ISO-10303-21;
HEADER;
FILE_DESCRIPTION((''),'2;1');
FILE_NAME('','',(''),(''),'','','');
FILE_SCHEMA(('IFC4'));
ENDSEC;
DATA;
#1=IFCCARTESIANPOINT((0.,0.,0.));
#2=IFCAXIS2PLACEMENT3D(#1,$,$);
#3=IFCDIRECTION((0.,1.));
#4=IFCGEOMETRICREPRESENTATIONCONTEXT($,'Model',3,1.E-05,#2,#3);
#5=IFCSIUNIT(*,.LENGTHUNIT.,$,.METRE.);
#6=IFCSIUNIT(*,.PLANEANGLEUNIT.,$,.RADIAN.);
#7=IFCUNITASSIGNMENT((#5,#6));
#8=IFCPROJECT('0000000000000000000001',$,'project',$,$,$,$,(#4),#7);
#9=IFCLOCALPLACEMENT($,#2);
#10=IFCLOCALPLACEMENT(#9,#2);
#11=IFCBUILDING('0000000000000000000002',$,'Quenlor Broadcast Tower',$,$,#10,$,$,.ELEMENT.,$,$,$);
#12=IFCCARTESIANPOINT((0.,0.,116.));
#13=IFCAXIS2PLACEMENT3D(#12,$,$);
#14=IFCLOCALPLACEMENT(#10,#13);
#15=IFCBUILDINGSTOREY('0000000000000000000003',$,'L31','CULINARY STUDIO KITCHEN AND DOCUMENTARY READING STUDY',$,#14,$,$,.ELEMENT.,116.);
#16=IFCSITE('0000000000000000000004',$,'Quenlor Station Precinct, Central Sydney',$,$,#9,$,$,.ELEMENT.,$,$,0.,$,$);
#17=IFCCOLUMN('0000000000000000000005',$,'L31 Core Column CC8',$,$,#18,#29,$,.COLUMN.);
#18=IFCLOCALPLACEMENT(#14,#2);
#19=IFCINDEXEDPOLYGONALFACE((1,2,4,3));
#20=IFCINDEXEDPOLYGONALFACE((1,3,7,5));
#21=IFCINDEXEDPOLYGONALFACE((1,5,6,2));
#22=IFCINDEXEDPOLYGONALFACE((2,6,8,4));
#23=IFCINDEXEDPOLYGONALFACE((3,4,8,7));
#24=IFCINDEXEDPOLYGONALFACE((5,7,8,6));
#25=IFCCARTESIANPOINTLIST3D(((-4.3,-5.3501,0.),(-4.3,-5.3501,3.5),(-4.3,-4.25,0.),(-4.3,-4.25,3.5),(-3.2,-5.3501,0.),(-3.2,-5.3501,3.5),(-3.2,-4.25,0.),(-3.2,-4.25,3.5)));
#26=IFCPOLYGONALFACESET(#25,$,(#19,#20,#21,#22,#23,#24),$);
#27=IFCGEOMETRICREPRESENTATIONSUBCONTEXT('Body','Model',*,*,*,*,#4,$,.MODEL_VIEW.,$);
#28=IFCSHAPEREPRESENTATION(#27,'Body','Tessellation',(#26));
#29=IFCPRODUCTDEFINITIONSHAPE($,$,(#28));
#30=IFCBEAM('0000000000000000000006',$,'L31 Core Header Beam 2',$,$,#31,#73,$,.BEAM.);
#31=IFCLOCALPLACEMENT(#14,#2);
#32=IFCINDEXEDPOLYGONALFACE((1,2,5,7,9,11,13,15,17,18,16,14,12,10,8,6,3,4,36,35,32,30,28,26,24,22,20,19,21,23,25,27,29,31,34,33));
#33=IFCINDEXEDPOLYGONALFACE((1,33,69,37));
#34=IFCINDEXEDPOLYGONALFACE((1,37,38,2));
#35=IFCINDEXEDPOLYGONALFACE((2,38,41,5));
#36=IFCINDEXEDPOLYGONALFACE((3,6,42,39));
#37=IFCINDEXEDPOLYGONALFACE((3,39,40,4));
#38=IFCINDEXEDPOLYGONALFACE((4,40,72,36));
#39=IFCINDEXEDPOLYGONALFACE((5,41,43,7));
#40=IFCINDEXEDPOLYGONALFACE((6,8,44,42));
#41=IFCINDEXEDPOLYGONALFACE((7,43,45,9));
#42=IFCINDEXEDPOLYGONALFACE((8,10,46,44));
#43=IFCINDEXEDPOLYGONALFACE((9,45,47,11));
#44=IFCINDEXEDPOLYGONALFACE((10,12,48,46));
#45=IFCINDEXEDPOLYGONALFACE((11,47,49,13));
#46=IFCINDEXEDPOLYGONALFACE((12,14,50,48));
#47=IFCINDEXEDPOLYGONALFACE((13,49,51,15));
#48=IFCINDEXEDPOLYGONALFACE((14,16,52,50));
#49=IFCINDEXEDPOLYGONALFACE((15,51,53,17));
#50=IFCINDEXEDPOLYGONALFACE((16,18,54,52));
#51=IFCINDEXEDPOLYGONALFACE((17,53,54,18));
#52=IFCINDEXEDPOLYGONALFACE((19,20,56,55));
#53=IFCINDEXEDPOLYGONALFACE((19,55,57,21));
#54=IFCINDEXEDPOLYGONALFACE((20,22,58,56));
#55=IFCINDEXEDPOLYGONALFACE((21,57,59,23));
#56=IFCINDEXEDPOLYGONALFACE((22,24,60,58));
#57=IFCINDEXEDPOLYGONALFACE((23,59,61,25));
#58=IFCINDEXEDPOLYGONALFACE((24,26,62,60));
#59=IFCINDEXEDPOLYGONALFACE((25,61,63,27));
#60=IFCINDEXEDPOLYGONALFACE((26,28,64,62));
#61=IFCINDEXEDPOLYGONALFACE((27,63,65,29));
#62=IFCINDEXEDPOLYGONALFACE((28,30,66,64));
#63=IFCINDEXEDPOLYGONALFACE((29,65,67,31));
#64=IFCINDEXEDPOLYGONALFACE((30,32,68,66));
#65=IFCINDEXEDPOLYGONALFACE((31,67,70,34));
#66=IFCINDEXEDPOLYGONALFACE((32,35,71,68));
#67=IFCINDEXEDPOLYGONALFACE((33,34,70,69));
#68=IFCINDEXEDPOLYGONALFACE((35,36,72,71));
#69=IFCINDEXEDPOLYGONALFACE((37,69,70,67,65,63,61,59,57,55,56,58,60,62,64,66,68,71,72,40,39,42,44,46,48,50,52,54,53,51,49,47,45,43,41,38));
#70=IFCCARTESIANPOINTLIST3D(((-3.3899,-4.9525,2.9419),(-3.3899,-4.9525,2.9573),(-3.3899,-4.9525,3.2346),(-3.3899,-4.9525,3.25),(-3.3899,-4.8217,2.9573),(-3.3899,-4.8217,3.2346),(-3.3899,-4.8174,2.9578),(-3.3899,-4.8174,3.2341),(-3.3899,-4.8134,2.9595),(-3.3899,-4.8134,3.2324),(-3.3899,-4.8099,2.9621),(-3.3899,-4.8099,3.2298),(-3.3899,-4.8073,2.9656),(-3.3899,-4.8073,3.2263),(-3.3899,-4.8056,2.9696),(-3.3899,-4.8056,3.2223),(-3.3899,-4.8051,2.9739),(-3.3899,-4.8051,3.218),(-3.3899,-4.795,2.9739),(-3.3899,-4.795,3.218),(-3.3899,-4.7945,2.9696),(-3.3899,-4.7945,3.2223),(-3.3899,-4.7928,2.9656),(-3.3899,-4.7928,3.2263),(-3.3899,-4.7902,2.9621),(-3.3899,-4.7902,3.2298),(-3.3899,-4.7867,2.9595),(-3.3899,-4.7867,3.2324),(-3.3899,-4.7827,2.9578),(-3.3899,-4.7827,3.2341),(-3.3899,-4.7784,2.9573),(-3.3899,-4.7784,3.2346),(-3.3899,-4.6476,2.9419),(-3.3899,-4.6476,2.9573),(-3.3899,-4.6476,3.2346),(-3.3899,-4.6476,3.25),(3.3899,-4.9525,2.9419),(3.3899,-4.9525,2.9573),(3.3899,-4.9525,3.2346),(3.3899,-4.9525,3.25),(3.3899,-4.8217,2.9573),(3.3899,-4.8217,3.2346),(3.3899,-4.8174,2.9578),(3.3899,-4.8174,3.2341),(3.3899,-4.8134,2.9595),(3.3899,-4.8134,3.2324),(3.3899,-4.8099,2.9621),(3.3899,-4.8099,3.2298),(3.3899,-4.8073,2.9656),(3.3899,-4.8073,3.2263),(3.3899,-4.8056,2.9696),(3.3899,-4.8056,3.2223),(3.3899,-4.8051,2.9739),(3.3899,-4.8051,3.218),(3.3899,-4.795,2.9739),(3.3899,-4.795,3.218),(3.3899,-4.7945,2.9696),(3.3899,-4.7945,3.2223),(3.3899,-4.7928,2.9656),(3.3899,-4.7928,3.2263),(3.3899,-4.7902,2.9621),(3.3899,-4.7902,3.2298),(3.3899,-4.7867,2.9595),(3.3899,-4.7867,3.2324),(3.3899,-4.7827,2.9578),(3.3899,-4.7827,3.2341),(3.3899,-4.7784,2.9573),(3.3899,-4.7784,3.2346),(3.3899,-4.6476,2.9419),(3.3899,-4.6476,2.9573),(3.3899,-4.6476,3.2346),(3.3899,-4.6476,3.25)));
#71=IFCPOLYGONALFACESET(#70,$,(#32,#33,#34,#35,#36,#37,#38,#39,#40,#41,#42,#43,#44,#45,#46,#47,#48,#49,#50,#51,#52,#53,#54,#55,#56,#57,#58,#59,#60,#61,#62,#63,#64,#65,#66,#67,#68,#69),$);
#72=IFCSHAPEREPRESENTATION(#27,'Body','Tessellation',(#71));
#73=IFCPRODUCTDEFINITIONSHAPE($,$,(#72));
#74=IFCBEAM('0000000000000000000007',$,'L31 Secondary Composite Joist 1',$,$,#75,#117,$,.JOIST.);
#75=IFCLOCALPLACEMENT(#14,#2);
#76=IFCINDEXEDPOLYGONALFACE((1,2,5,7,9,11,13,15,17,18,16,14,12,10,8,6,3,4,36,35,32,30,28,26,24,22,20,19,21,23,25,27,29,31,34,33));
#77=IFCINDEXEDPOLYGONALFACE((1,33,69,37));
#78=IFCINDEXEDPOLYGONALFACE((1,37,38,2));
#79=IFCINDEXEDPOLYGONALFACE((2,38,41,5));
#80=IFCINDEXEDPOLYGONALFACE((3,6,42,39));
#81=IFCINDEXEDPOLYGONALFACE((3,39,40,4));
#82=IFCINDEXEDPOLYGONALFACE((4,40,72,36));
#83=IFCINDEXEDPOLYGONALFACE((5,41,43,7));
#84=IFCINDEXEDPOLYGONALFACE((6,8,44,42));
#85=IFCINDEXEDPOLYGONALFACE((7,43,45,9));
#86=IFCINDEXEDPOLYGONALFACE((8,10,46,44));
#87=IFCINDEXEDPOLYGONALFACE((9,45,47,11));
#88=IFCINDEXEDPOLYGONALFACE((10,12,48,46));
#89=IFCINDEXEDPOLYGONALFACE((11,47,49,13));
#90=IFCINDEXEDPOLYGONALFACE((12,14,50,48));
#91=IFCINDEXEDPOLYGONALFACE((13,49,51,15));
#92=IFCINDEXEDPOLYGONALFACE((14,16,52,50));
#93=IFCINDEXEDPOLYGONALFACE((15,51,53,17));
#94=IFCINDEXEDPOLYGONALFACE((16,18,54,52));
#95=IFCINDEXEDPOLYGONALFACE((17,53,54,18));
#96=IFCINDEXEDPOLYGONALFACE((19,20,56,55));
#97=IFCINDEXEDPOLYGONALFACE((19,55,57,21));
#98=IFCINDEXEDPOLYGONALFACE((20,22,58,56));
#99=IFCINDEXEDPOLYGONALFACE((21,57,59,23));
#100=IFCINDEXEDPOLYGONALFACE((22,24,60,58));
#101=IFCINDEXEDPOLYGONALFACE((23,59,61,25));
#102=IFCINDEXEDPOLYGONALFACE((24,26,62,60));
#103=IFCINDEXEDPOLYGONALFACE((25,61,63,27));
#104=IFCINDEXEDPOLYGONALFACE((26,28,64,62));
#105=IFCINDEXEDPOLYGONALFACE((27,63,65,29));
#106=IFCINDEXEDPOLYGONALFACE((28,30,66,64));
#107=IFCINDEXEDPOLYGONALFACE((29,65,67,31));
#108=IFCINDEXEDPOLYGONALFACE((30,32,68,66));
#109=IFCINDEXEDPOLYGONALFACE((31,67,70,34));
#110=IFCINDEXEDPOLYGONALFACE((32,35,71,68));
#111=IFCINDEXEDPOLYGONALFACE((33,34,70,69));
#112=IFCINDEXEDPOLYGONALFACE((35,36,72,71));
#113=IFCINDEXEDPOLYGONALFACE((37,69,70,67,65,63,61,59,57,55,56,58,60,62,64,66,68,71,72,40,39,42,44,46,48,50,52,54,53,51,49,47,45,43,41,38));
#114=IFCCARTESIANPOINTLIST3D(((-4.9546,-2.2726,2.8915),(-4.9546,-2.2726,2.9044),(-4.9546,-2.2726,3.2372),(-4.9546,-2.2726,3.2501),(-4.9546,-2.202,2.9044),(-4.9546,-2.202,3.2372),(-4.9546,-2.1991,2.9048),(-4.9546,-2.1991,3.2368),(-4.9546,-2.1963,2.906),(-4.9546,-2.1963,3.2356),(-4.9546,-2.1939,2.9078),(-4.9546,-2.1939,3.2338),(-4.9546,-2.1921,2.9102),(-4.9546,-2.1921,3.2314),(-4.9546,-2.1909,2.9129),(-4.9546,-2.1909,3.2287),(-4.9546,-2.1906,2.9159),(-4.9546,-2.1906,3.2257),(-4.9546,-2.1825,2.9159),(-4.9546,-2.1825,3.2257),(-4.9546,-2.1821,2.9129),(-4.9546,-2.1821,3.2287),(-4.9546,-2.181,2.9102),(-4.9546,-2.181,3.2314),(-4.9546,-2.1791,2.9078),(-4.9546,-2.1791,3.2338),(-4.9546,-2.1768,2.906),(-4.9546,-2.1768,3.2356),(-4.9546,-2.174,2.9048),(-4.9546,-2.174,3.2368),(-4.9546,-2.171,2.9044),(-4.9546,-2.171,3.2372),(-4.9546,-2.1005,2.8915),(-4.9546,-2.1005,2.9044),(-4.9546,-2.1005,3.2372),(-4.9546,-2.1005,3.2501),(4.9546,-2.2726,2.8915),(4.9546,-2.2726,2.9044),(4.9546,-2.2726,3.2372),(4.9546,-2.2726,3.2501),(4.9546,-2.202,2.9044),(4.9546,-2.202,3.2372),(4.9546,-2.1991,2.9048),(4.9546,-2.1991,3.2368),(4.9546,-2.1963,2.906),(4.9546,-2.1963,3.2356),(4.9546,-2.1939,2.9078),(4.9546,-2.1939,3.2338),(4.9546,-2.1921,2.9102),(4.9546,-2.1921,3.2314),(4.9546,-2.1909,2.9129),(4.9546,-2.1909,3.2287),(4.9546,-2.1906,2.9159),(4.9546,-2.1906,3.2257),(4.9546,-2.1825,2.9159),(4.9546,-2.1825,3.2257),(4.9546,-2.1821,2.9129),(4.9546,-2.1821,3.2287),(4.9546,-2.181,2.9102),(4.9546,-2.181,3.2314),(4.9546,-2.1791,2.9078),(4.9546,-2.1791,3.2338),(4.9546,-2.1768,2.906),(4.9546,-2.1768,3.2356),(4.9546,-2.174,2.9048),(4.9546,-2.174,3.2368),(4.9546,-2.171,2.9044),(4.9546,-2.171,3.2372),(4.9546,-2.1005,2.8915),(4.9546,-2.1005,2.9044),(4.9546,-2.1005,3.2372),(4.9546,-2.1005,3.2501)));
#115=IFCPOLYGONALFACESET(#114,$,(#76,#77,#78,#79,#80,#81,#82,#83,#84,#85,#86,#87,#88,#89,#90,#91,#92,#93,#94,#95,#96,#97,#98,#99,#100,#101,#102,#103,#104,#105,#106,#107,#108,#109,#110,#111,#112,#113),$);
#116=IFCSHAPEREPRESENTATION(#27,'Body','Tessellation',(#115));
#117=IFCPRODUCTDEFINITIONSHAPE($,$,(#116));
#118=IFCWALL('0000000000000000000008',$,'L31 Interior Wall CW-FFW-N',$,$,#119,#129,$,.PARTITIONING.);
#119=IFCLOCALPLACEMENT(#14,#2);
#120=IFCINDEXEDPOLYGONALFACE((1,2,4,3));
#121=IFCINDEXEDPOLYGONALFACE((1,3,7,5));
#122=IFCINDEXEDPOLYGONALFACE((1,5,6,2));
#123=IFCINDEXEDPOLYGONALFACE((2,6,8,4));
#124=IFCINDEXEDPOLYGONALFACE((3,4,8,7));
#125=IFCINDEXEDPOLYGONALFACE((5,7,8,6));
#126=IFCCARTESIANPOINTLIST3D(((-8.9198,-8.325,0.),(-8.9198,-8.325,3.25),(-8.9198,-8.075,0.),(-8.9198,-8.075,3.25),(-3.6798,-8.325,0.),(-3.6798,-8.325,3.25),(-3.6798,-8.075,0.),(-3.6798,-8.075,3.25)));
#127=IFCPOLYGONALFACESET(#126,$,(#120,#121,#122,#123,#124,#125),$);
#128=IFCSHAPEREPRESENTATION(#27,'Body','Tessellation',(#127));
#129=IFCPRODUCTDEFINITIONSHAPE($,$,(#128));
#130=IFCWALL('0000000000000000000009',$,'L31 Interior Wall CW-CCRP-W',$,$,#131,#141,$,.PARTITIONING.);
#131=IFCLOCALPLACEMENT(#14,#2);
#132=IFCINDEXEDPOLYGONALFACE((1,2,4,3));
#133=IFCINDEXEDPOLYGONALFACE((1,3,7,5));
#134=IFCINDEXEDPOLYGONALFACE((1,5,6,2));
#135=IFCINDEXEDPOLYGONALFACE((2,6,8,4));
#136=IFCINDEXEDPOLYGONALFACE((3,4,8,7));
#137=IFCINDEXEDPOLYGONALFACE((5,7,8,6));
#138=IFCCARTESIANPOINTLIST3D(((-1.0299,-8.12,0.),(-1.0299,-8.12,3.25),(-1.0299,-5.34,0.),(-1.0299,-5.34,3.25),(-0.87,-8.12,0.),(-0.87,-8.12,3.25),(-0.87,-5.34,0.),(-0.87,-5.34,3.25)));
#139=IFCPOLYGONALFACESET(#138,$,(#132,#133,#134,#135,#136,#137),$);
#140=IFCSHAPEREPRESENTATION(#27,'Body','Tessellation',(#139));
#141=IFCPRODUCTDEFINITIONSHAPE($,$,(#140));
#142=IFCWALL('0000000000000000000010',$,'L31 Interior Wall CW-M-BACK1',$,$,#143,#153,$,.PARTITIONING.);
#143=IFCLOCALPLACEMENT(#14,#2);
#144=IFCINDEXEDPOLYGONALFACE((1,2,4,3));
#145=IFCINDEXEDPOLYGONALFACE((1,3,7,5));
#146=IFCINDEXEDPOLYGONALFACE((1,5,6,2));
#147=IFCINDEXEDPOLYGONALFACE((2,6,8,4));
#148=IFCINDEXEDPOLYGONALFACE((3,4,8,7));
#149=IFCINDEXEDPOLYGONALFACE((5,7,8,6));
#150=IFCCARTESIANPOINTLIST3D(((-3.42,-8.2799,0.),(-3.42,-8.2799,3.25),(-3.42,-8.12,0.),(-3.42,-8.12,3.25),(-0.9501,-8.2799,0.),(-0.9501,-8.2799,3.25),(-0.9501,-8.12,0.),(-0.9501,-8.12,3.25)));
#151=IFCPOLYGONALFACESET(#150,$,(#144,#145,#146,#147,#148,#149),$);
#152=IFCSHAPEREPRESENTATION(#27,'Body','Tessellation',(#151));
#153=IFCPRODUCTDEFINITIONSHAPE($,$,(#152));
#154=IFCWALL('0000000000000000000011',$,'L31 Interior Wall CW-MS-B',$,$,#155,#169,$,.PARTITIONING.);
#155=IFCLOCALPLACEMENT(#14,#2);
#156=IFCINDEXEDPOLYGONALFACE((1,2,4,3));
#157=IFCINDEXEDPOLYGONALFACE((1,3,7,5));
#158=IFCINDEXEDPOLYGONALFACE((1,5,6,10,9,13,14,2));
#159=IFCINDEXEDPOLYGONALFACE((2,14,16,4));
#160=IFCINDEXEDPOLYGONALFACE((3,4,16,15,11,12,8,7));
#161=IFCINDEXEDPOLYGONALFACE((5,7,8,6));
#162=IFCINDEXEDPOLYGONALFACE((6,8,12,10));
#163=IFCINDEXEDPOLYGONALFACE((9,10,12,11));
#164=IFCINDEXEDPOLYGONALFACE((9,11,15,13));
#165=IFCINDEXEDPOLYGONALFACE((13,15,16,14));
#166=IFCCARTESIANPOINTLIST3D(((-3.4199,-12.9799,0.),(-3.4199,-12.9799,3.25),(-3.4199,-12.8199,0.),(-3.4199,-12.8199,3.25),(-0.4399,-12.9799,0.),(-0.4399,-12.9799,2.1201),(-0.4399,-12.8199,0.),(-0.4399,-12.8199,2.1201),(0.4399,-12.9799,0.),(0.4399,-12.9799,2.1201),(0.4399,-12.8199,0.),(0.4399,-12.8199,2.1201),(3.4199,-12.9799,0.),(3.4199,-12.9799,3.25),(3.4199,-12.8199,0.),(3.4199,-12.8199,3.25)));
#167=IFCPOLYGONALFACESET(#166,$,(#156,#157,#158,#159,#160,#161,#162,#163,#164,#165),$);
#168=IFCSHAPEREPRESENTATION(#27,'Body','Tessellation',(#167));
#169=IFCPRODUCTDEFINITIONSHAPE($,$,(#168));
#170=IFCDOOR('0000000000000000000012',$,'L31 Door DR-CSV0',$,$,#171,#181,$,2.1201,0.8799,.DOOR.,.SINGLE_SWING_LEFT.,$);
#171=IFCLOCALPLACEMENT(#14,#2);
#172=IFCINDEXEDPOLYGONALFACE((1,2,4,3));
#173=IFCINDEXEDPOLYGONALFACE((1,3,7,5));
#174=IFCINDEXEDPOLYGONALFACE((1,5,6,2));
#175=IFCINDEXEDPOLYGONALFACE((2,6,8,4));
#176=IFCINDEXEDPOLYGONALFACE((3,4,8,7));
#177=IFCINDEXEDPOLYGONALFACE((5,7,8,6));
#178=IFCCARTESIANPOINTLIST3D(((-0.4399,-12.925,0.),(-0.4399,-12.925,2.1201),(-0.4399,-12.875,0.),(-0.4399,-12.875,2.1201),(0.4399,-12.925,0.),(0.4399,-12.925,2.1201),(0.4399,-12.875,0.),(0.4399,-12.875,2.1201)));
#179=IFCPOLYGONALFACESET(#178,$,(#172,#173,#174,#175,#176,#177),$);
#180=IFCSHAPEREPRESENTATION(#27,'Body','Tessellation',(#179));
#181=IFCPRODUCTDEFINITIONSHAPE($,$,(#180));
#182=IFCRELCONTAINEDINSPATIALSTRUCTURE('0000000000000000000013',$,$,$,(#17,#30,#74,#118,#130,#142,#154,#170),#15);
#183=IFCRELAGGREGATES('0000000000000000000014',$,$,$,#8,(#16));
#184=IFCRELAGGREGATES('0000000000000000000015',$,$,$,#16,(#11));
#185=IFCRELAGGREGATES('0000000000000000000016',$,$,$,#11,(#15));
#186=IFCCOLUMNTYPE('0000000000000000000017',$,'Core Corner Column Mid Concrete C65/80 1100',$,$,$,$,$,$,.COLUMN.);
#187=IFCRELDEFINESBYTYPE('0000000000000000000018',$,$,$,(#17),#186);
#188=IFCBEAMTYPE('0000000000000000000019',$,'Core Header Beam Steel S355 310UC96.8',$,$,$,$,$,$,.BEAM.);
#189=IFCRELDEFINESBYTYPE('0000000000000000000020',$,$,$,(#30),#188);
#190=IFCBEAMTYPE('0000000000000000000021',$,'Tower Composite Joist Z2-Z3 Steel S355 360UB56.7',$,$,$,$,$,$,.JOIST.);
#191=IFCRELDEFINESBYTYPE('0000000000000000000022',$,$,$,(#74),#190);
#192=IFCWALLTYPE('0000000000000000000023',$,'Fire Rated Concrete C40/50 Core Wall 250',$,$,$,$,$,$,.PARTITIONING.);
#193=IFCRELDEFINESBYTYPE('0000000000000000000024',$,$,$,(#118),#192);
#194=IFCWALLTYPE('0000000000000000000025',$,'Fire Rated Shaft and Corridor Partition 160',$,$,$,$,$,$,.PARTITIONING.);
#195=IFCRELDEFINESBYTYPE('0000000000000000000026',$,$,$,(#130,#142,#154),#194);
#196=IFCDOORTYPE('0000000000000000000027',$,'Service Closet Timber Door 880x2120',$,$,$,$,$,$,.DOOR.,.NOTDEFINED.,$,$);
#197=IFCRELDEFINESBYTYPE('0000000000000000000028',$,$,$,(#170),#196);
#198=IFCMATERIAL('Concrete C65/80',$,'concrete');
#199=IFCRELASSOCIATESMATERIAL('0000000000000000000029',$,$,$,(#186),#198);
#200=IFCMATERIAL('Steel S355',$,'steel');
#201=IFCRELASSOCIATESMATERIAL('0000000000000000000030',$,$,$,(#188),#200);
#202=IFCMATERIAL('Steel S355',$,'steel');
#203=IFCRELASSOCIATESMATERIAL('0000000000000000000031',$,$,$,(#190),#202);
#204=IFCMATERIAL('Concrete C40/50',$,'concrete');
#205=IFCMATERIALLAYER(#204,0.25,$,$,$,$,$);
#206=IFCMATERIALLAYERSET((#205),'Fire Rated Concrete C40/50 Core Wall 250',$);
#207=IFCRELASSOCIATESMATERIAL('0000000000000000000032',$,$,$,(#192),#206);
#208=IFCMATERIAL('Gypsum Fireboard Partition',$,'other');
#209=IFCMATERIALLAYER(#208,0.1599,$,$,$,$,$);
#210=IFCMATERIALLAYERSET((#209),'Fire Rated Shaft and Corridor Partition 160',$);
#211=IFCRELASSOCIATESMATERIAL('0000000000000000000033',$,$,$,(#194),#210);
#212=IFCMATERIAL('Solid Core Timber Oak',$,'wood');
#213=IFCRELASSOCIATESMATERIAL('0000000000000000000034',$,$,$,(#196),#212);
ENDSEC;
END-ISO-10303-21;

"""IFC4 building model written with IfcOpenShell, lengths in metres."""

from ifc_helpers import new_model, si_unit, direction, frame, frame_2d, origin, origin_2d, place, context, subcontext, project, spatial, rectangle, i_section, extrude, material, layer, layer_set, material_profile, profile_set, type_object, element, fill, save


model = new_model("IFC4")

# Units and contexts
model_context = context("Model", 3, precision=1e-05, world=origin(), true_north=direction((0.0, 1.0)))
body_context = subcontext(model_context, "Body", "Model", "MODEL_VIEW")
ifc_project = project(units=[si_unit("LENGTHUNIT", "METRE"), si_unit("PLANEANGLEUNIT", "RADIAN")], contexts=[model_context])

# Site, building, storey
site_placement = place(None, origin())
site = spatial("IfcSite", under=ifc_project, at=site_placement, Name="Quenlor Station Precinct, Central Sydney", CompositionType="ELEMENT", RefElevation=0.0)
building_placement = place(site_placement, origin())
building = spatial("IfcBuilding", under=site, at=building_placement, Name="Quenlor Broadcast Tower", CompositionType="ELEMENT")
storey_placement = place(building_placement, frame((0.0, 0.0, 116.0)))
storey = spatial("IfcBuildingStorey", under=building, at=storey_placement, Name="L31", Description="CULINARY STUDIO KITCHEN AND DOCUMENTARY READING STUDY", CompositionType="ELEMENT", Elevation=116.0)

# Column
ifc_material_1 = material(Name="Concrete C65/80", Category="concrete")
ifc_material_profile_1 = material_profile(ifc_material_1, rectangle(XDim=1.1001, YDim=1.1001, at=origin_2d()))
ifc_profile_set_1 = profile_set([ifc_material_profile_1], Name="Concrete C65/80 RC1100x1100")
column_type = type_object("IfcColumnType", Name="Core Corner Column Mid Concrete C65/80 1100", PredefinedType="COLUMN", material=ifc_profile_set_1)
column_placement = place(storey_placement, frame((-3.75, -4.8, 0.0), z_axis=(0.0, 0.0, 1.0), x_axis=(1.0, 0.0, 0.0)))
element("IfcColumn", 1, at=column_placement, inside=storey, type_object=column_type, Name="L31 Core Column CC8", PredefinedType="COLUMN", context=body_context, shape_type="SweptSolid", body=[
    extrude(rectangle(XDim=1.1001, YDim=1.1001, at=origin_2d()), origin(), (0.0, 0.0, 1.0), 3.5),
])

# Beams
ifc_material_2 = material(Name="Steel S355", Category="steel")
ifc_material_profile_2 = material_profile(ifc_material_2, i_section(OverallWidth=0.3049, OverallDepth=0.3081, WebThickness=0.01, FlangeThickness=0.0154, FilletRadius=0.0166, at=origin_2d()))
ifc_profile_set_2 = profile_set([ifc_material_profile_2], Name="Steel S355 310UC96.8")
beam_type_1 = type_object("IfcBeamType", Name="Core Header Beam Steel S355 310UC96.8", PredefinedType="BEAM", material=ifc_profile_set_2)
beam_1_placement = place(storey_placement, frame((-3.3899, -4.8, 3.0959), z_axis=(1.0, 0.0, 0.0), x_axis=(0.0, 1.0, 0.0)))
element("IfcBeam", 2, at=beam_1_placement, inside=storey, type_object=beam_type_1, Name="L31 Core Header Beam 2", PredefinedType="BEAM", context=body_context, shape_type="SweptSolid", body=[
    extrude(i_section(OverallWidth=0.3049, OverallDepth=0.3081, WebThickness=0.01, FlangeThickness=0.0154, FilletRadius=0.0166, at=origin_2d()), origin(), (0.0, 0.0, 1.0), 6.7798),
])
ifc_material_3 = material(Name="Steel S355", Category="steel")
ifc_material_profile_3 = material_profile(ifc_material_3, i_section(OverallWidth=0.1721, OverallDepth=0.3586, WebThickness=0.0081, FlangeThickness=0.0129, FilletRadius=0.0115, at=origin_2d()))
ifc_profile_set_3 = profile_set([ifc_material_profile_3], Name="Steel S355 360UB56.7")
beam_type_2 = type_object("IfcBeamType", Name="Tower Composite Joist Z2-Z3 Steel S355 360UB56.7", PredefinedType="JOIST", material=ifc_profile_set_3)
beam_2_placement = place(storey_placement, frame((-4.9546, -2.1865, 3.0708), z_axis=(1.0, 0.0, 0.0), x_axis=(0.0, 1.0, 0.0)))
element("IfcBeam", 3, at=beam_2_placement, inside=storey, type_object=beam_type_2, Name="L31 Secondary Composite Joist 1", PredefinedType="JOIST", context=body_context, shape_type="SweptSolid", body=[
    extrude(i_section(OverallWidth=0.1721, OverallDepth=0.3586, WebThickness=0.0081, FlangeThickness=0.0129, FilletRadius=0.0115, at=origin_2d()), origin(), (0.0, 0.0, 1.0), 9.9092),
])

# Shared definitions
ifc_material_4 = material(Name="Concrete C40/50", Category="concrete")
ifc_layer_1 = layer(ifc_material_4, 0.25)
ifc_layer_set_1 = layer_set([ifc_layer_1], Name="Fire Rated Concrete C40/50 Core Wall 250")
wall_type_1 = type_object("IfcWallType", Name="Fire Rated Concrete C40/50 Core Wall 250", PredefinedType="PARTITIONING", material=ifc_layer_set_1)

# Wall
wall_1_placement = place(storey_placement, frame((-8.9199, -8.2, 0.0), z_axis=(0.0, 0.0, 1.0), x_axis=(1.0, 0.0, 0.0)))
element("IfcWall", 4, at=wall_1_placement, inside=storey, type_object=wall_type_1, Name="L31 Interior Wall CW-FFW-N", PredefinedType="PARTITIONING", context=body_context, shape_type="SweptSolid", body=[
    extrude(rectangle(XDim=5.24, YDim=0.25, at=frame_2d((2.6201, 0.0))), origin(), (0.0, 0.0, 1.0), 3.25),
])

# Walls
ifc_material_5 = material(Name="Gypsum Fireboard Partition", Category="other")
ifc_layer_2 = layer(ifc_material_5, 0.1599)
ifc_layer_set_2 = layer_set([ifc_layer_2], Name="Fire Rated Shaft and Corridor Partition 160")
wall_type_2 = type_object("IfcWallType", Name="Fire Rated Shaft and Corridor Partition 160", PredefinedType="PARTITIONING", material=ifc_layer_set_2)
wall_2_placement = place(storey_placement, frame((-0.95, -8.1201, 0.0), z_axis=(0.0, 0.0, 1.0), x_axis=(0.0, 1.0, 0.0)))
element("IfcWall", 5, at=wall_2_placement, inside=storey, type_object=wall_type_2, Name="L31 Interior Wall CW-CCRP-W", PredefinedType="PARTITIONING", context=body_context, shape_type="SweptSolid", body=[
    extrude(rectangle(XDim=2.78, YDim=0.1599, at=frame_2d((1.3901, 0.0))), origin(), (0.0, 0.0, 1.0), 3.25),
])
wall_3_placement = place(storey_placement, frame((-3.4199, -8.2, 0.0), z_axis=(0.0, 0.0, 1.0), x_axis=(1.0, 0.0, 0.0)))
element("IfcWall", 6, at=wall_3_placement, inside=storey, type_object=wall_type_2, Name="L31 Interior Wall CW-M-BACK1", PredefinedType="PARTITIONING", context=body_context, shape_type="SweptSolid", body=[
    extrude(rectangle(XDim=2.47, YDim=0.1599, at=frame_2d((1.2349, 0.0))), origin(), (0.0, 0.0, 1.0), 3.25),
])

# Wall, opening, door
wall_4_placement = place(storey_placement, frame((-3.4199, -12.8999, 0.0), z_axis=(0.0, 0.0, 1.0), x_axis=(1.0, 0.0, 0.0)))
wall_4 = element("IfcWall", 7, at=wall_4_placement, inside=storey, type_object=wall_type_2, Name="L31 Interior Wall CW-MS-B", PredefinedType="PARTITIONING", context=body_context, shape_type="SweptSolid", body=[
    extrude(rectangle(XDim=6.8398, YDim=0.1599, at=frame_2d((3.4199, 0.0))), origin(), (0.0, 0.0, 1.0), 3.25),
])
opening_1_placement = place(wall_4_placement, frame((2.98, 0.0, 0.0)))
opening_1 = element("IfcOpeningElement", 8, at=opening_1_placement, cuts=wall_4, PredefinedType="OPENING", context=body_context, shape_type="SweptSolid", body=[
    extrude(rectangle(XDim=0.8799, YDim=2.1201, at=frame_2d((0.4399, 1.0601))), frame((0.0, 0.0898, 0.0), z_axis=(0.0, -1.0, 0.0), x_axis=(1.0, 0.0, 0.0)), (0.0, 0.0, 1.0), 0.1799),
])
ifc_material_6 = material(Name="Solid Core Timber Oak", Category="wood")
door_type_1 = type_object("IfcDoorType", Name="Service Closet Timber Door 880x2120", OperationType="NOTDEFINED", PredefinedType="DOOR", material=ifc_material_6)
door_1_placement = place(opening_1_placement, origin())
door_1 = element("IfcDoor", 9, at=door_1_placement, inside=storey, type_object=door_type_1, Name="L31 Door DR-CSV0", OperationType="SINGLE_SWING_LEFT", OverallHeight=2.1201, OverallWidth=0.8799, PredefinedType="DOOR", context=body_context, shape_type="SweptSolid", body=[
    extrude(rectangle(XDim=0.8799, YDim=2.1201, at=frame_2d((0.4399, 1.0601))), frame((0.0, 0.0249, 0.0), z_axis=(0.0, -1.0, 0.0), x_axis=(1.0, 0.0, 0.0)), (0.0, 0.0, 1.0), 0.05),
])
fill(opening_1, door_1)

save(model, "model.ifc")
